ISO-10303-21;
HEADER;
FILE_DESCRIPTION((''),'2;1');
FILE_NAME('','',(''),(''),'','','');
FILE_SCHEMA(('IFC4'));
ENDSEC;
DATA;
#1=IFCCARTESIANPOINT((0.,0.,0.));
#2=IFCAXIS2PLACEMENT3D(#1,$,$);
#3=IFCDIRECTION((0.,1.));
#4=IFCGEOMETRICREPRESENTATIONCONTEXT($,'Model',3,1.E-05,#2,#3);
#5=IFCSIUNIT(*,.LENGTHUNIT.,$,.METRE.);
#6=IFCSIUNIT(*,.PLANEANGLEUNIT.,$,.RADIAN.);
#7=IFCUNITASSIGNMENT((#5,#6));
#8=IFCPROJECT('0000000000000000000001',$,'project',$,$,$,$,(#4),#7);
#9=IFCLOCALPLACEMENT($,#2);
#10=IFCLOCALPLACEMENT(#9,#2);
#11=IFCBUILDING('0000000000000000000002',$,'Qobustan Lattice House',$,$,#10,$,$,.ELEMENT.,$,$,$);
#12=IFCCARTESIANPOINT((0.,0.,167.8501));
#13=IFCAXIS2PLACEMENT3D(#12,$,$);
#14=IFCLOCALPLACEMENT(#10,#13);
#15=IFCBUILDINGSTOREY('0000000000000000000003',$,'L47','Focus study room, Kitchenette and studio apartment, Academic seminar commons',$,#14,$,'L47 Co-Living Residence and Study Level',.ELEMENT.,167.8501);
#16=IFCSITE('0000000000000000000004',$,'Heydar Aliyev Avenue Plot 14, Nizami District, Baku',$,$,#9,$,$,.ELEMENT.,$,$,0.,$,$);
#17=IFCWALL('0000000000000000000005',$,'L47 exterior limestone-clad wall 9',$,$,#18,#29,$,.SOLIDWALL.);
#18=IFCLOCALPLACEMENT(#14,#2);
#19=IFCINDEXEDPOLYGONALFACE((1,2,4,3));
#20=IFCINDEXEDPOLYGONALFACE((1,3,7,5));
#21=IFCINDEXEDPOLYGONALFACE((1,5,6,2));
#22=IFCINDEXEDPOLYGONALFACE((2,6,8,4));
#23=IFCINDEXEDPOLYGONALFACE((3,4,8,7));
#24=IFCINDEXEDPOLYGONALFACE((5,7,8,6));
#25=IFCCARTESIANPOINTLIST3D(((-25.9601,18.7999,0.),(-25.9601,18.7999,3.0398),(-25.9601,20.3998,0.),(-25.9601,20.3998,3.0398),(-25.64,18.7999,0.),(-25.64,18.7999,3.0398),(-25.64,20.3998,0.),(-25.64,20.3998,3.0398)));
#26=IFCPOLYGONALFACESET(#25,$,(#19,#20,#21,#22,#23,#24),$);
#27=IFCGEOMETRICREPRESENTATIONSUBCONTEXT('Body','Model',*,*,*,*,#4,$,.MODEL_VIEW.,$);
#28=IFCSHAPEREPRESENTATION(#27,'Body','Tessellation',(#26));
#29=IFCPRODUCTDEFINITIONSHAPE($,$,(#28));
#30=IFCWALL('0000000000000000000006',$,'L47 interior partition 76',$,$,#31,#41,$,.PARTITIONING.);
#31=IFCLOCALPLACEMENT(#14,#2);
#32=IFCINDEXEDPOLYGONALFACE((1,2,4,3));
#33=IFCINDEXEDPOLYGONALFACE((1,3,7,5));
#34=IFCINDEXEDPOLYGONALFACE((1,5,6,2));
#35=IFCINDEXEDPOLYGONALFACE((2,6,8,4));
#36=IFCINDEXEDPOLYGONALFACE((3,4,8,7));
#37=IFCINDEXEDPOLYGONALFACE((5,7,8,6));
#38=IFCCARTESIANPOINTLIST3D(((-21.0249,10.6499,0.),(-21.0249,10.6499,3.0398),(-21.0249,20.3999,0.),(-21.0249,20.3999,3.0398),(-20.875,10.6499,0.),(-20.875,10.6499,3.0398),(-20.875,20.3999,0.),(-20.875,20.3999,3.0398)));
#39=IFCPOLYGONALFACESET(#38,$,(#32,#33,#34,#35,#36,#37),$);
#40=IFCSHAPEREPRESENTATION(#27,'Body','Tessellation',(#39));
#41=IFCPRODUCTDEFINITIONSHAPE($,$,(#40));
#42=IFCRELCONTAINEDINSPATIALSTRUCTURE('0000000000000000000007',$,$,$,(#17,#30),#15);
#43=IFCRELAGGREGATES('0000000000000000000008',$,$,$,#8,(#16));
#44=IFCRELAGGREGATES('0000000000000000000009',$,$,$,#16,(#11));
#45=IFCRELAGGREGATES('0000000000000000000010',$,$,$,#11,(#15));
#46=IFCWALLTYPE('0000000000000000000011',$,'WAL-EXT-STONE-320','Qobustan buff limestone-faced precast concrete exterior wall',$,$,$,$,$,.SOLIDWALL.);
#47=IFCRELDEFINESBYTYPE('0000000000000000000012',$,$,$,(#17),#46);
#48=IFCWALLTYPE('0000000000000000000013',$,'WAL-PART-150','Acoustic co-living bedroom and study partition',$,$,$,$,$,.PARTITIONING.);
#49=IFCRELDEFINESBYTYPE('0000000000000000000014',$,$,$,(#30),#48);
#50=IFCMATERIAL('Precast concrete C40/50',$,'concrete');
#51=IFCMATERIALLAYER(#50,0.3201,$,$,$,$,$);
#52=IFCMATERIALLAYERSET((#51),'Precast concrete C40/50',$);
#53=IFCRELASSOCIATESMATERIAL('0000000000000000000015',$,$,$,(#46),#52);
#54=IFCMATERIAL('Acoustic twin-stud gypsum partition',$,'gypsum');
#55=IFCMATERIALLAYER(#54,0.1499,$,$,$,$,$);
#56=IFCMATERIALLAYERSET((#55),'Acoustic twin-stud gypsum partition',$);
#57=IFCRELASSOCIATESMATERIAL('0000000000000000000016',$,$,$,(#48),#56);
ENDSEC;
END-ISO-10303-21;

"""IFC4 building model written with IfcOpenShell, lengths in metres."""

from ifc_helpers import new_model, si_unit, direction, frame, frame_2d, origin, place, context, subcontext, project, spatial, rectangle, extrude, material, layer, layer_set, type_object, element, save


model = new_model("IFC4")

# Units and contexts
model_context = context("Model", 3, precision=1e-05, world=origin(), true_north=direction((0.0, 1.0)))
body_context = subcontext(model_context, "Body", "Model", "MODEL_VIEW")
ifc_project = project(units=[si_unit("LENGTHUNIT", "METRE"), si_unit("PLANEANGLEUNIT", "RADIAN")], contexts=[model_context])

# Site, building, storey
site_placement = place(None, origin())
site = spatial("IfcSite", under=ifc_project, at=site_placement, Name="Heydar Aliyev Avenue Plot 14, Nizami District, Baku", CompositionType="ELEMENT", RefElevation=0.0)
building_placement = place(site_placement, origin())
building = spatial("IfcBuilding", under=site, at=building_placement, Name="Qobustan Lattice House", CompositionType="ELEMENT")
storey_placement = place(building_placement, frame((0.0, 0.0, 167.8501)))
storey = spatial("IfcBuildingStorey", under=building, at=storey_placement, Name="L47", Description="Focus study room, Kitchenette and studio apartment, Academic seminar commons", LongName="L47 Co-Living Residence and Study Level", CompositionType="ELEMENT", Elevation=167.8501)

# Wall
ifc_material_1 = material(Name="Precast concrete C40/50", Category="concrete")
ifc_layer_1 = layer(ifc_material_1, 0.3201)
ifc_layer_set_1 = layer_set([ifc_layer_1], Name="Precast concrete C40/50")
wall_type_1 = type_object("IfcWallType", Name="WAL-EXT-STONE-320", Description="Qobustan buff limestone-faced precast concrete exterior wall", PredefinedType="SOLIDWALL", material=ifc_layer_set_1)
wall_1_placement = place(storey_placement, frame((-25.8, 18.8, 0.0), z_axis=(0.0, 0.0, 1.0), x_axis=(0.0, 1.0, 0.0)))
element("IfcWall", 1, at=wall_1_placement, inside=storey, type_object=wall_type_1, Name="L47 exterior limestone-clad wall 9", PredefinedType="SOLIDWALL", context=body_context, shape_type="SweptSolid", body=[
    extrude(rectangle(XDim=1.5999, YDim=0.3201, at=frame_2d((0.7998, 0.0))), origin(), (0.0, 0.0, 1.0), 3.0398),
])

# Wall
ifc_material_2 = material(Name="Acoustic twin-stud gypsum partition", Category="gypsum")
ifc_layer_2 = layer(ifc_material_2, 0.1499)
ifc_layer_set_2 = layer_set([ifc_layer_2], Name="Acoustic twin-stud gypsum partition")
wall_type_2 = type_object("IfcWallType", Name="WAL-PART-150", Description="Acoustic co-living bedroom and study partition", PredefinedType="PARTITIONING", material=ifc_layer_set_2)
wall_2_placement = place(storey_placement, frame((-20.95, 20.3999, 0.0), z_axis=(0.0, 0.0, 1.0), x_axis=(0.0, -1.0, 0.0)))
element("IfcWall", 2, at=wall_2_placement, inside=storey, type_object=wall_type_2, Name="L47 interior partition 76", PredefinedType="PARTITIONING", context=body_context, shape_type="SweptSolid", body=[
    extrude(rectangle(XDim=9.75, YDim=0.1499, at=frame_2d((4.875, 0.0))), origin(), (0.0, 0.0, 1.0), 3.0398),
])

save(model, "model.ifc")
